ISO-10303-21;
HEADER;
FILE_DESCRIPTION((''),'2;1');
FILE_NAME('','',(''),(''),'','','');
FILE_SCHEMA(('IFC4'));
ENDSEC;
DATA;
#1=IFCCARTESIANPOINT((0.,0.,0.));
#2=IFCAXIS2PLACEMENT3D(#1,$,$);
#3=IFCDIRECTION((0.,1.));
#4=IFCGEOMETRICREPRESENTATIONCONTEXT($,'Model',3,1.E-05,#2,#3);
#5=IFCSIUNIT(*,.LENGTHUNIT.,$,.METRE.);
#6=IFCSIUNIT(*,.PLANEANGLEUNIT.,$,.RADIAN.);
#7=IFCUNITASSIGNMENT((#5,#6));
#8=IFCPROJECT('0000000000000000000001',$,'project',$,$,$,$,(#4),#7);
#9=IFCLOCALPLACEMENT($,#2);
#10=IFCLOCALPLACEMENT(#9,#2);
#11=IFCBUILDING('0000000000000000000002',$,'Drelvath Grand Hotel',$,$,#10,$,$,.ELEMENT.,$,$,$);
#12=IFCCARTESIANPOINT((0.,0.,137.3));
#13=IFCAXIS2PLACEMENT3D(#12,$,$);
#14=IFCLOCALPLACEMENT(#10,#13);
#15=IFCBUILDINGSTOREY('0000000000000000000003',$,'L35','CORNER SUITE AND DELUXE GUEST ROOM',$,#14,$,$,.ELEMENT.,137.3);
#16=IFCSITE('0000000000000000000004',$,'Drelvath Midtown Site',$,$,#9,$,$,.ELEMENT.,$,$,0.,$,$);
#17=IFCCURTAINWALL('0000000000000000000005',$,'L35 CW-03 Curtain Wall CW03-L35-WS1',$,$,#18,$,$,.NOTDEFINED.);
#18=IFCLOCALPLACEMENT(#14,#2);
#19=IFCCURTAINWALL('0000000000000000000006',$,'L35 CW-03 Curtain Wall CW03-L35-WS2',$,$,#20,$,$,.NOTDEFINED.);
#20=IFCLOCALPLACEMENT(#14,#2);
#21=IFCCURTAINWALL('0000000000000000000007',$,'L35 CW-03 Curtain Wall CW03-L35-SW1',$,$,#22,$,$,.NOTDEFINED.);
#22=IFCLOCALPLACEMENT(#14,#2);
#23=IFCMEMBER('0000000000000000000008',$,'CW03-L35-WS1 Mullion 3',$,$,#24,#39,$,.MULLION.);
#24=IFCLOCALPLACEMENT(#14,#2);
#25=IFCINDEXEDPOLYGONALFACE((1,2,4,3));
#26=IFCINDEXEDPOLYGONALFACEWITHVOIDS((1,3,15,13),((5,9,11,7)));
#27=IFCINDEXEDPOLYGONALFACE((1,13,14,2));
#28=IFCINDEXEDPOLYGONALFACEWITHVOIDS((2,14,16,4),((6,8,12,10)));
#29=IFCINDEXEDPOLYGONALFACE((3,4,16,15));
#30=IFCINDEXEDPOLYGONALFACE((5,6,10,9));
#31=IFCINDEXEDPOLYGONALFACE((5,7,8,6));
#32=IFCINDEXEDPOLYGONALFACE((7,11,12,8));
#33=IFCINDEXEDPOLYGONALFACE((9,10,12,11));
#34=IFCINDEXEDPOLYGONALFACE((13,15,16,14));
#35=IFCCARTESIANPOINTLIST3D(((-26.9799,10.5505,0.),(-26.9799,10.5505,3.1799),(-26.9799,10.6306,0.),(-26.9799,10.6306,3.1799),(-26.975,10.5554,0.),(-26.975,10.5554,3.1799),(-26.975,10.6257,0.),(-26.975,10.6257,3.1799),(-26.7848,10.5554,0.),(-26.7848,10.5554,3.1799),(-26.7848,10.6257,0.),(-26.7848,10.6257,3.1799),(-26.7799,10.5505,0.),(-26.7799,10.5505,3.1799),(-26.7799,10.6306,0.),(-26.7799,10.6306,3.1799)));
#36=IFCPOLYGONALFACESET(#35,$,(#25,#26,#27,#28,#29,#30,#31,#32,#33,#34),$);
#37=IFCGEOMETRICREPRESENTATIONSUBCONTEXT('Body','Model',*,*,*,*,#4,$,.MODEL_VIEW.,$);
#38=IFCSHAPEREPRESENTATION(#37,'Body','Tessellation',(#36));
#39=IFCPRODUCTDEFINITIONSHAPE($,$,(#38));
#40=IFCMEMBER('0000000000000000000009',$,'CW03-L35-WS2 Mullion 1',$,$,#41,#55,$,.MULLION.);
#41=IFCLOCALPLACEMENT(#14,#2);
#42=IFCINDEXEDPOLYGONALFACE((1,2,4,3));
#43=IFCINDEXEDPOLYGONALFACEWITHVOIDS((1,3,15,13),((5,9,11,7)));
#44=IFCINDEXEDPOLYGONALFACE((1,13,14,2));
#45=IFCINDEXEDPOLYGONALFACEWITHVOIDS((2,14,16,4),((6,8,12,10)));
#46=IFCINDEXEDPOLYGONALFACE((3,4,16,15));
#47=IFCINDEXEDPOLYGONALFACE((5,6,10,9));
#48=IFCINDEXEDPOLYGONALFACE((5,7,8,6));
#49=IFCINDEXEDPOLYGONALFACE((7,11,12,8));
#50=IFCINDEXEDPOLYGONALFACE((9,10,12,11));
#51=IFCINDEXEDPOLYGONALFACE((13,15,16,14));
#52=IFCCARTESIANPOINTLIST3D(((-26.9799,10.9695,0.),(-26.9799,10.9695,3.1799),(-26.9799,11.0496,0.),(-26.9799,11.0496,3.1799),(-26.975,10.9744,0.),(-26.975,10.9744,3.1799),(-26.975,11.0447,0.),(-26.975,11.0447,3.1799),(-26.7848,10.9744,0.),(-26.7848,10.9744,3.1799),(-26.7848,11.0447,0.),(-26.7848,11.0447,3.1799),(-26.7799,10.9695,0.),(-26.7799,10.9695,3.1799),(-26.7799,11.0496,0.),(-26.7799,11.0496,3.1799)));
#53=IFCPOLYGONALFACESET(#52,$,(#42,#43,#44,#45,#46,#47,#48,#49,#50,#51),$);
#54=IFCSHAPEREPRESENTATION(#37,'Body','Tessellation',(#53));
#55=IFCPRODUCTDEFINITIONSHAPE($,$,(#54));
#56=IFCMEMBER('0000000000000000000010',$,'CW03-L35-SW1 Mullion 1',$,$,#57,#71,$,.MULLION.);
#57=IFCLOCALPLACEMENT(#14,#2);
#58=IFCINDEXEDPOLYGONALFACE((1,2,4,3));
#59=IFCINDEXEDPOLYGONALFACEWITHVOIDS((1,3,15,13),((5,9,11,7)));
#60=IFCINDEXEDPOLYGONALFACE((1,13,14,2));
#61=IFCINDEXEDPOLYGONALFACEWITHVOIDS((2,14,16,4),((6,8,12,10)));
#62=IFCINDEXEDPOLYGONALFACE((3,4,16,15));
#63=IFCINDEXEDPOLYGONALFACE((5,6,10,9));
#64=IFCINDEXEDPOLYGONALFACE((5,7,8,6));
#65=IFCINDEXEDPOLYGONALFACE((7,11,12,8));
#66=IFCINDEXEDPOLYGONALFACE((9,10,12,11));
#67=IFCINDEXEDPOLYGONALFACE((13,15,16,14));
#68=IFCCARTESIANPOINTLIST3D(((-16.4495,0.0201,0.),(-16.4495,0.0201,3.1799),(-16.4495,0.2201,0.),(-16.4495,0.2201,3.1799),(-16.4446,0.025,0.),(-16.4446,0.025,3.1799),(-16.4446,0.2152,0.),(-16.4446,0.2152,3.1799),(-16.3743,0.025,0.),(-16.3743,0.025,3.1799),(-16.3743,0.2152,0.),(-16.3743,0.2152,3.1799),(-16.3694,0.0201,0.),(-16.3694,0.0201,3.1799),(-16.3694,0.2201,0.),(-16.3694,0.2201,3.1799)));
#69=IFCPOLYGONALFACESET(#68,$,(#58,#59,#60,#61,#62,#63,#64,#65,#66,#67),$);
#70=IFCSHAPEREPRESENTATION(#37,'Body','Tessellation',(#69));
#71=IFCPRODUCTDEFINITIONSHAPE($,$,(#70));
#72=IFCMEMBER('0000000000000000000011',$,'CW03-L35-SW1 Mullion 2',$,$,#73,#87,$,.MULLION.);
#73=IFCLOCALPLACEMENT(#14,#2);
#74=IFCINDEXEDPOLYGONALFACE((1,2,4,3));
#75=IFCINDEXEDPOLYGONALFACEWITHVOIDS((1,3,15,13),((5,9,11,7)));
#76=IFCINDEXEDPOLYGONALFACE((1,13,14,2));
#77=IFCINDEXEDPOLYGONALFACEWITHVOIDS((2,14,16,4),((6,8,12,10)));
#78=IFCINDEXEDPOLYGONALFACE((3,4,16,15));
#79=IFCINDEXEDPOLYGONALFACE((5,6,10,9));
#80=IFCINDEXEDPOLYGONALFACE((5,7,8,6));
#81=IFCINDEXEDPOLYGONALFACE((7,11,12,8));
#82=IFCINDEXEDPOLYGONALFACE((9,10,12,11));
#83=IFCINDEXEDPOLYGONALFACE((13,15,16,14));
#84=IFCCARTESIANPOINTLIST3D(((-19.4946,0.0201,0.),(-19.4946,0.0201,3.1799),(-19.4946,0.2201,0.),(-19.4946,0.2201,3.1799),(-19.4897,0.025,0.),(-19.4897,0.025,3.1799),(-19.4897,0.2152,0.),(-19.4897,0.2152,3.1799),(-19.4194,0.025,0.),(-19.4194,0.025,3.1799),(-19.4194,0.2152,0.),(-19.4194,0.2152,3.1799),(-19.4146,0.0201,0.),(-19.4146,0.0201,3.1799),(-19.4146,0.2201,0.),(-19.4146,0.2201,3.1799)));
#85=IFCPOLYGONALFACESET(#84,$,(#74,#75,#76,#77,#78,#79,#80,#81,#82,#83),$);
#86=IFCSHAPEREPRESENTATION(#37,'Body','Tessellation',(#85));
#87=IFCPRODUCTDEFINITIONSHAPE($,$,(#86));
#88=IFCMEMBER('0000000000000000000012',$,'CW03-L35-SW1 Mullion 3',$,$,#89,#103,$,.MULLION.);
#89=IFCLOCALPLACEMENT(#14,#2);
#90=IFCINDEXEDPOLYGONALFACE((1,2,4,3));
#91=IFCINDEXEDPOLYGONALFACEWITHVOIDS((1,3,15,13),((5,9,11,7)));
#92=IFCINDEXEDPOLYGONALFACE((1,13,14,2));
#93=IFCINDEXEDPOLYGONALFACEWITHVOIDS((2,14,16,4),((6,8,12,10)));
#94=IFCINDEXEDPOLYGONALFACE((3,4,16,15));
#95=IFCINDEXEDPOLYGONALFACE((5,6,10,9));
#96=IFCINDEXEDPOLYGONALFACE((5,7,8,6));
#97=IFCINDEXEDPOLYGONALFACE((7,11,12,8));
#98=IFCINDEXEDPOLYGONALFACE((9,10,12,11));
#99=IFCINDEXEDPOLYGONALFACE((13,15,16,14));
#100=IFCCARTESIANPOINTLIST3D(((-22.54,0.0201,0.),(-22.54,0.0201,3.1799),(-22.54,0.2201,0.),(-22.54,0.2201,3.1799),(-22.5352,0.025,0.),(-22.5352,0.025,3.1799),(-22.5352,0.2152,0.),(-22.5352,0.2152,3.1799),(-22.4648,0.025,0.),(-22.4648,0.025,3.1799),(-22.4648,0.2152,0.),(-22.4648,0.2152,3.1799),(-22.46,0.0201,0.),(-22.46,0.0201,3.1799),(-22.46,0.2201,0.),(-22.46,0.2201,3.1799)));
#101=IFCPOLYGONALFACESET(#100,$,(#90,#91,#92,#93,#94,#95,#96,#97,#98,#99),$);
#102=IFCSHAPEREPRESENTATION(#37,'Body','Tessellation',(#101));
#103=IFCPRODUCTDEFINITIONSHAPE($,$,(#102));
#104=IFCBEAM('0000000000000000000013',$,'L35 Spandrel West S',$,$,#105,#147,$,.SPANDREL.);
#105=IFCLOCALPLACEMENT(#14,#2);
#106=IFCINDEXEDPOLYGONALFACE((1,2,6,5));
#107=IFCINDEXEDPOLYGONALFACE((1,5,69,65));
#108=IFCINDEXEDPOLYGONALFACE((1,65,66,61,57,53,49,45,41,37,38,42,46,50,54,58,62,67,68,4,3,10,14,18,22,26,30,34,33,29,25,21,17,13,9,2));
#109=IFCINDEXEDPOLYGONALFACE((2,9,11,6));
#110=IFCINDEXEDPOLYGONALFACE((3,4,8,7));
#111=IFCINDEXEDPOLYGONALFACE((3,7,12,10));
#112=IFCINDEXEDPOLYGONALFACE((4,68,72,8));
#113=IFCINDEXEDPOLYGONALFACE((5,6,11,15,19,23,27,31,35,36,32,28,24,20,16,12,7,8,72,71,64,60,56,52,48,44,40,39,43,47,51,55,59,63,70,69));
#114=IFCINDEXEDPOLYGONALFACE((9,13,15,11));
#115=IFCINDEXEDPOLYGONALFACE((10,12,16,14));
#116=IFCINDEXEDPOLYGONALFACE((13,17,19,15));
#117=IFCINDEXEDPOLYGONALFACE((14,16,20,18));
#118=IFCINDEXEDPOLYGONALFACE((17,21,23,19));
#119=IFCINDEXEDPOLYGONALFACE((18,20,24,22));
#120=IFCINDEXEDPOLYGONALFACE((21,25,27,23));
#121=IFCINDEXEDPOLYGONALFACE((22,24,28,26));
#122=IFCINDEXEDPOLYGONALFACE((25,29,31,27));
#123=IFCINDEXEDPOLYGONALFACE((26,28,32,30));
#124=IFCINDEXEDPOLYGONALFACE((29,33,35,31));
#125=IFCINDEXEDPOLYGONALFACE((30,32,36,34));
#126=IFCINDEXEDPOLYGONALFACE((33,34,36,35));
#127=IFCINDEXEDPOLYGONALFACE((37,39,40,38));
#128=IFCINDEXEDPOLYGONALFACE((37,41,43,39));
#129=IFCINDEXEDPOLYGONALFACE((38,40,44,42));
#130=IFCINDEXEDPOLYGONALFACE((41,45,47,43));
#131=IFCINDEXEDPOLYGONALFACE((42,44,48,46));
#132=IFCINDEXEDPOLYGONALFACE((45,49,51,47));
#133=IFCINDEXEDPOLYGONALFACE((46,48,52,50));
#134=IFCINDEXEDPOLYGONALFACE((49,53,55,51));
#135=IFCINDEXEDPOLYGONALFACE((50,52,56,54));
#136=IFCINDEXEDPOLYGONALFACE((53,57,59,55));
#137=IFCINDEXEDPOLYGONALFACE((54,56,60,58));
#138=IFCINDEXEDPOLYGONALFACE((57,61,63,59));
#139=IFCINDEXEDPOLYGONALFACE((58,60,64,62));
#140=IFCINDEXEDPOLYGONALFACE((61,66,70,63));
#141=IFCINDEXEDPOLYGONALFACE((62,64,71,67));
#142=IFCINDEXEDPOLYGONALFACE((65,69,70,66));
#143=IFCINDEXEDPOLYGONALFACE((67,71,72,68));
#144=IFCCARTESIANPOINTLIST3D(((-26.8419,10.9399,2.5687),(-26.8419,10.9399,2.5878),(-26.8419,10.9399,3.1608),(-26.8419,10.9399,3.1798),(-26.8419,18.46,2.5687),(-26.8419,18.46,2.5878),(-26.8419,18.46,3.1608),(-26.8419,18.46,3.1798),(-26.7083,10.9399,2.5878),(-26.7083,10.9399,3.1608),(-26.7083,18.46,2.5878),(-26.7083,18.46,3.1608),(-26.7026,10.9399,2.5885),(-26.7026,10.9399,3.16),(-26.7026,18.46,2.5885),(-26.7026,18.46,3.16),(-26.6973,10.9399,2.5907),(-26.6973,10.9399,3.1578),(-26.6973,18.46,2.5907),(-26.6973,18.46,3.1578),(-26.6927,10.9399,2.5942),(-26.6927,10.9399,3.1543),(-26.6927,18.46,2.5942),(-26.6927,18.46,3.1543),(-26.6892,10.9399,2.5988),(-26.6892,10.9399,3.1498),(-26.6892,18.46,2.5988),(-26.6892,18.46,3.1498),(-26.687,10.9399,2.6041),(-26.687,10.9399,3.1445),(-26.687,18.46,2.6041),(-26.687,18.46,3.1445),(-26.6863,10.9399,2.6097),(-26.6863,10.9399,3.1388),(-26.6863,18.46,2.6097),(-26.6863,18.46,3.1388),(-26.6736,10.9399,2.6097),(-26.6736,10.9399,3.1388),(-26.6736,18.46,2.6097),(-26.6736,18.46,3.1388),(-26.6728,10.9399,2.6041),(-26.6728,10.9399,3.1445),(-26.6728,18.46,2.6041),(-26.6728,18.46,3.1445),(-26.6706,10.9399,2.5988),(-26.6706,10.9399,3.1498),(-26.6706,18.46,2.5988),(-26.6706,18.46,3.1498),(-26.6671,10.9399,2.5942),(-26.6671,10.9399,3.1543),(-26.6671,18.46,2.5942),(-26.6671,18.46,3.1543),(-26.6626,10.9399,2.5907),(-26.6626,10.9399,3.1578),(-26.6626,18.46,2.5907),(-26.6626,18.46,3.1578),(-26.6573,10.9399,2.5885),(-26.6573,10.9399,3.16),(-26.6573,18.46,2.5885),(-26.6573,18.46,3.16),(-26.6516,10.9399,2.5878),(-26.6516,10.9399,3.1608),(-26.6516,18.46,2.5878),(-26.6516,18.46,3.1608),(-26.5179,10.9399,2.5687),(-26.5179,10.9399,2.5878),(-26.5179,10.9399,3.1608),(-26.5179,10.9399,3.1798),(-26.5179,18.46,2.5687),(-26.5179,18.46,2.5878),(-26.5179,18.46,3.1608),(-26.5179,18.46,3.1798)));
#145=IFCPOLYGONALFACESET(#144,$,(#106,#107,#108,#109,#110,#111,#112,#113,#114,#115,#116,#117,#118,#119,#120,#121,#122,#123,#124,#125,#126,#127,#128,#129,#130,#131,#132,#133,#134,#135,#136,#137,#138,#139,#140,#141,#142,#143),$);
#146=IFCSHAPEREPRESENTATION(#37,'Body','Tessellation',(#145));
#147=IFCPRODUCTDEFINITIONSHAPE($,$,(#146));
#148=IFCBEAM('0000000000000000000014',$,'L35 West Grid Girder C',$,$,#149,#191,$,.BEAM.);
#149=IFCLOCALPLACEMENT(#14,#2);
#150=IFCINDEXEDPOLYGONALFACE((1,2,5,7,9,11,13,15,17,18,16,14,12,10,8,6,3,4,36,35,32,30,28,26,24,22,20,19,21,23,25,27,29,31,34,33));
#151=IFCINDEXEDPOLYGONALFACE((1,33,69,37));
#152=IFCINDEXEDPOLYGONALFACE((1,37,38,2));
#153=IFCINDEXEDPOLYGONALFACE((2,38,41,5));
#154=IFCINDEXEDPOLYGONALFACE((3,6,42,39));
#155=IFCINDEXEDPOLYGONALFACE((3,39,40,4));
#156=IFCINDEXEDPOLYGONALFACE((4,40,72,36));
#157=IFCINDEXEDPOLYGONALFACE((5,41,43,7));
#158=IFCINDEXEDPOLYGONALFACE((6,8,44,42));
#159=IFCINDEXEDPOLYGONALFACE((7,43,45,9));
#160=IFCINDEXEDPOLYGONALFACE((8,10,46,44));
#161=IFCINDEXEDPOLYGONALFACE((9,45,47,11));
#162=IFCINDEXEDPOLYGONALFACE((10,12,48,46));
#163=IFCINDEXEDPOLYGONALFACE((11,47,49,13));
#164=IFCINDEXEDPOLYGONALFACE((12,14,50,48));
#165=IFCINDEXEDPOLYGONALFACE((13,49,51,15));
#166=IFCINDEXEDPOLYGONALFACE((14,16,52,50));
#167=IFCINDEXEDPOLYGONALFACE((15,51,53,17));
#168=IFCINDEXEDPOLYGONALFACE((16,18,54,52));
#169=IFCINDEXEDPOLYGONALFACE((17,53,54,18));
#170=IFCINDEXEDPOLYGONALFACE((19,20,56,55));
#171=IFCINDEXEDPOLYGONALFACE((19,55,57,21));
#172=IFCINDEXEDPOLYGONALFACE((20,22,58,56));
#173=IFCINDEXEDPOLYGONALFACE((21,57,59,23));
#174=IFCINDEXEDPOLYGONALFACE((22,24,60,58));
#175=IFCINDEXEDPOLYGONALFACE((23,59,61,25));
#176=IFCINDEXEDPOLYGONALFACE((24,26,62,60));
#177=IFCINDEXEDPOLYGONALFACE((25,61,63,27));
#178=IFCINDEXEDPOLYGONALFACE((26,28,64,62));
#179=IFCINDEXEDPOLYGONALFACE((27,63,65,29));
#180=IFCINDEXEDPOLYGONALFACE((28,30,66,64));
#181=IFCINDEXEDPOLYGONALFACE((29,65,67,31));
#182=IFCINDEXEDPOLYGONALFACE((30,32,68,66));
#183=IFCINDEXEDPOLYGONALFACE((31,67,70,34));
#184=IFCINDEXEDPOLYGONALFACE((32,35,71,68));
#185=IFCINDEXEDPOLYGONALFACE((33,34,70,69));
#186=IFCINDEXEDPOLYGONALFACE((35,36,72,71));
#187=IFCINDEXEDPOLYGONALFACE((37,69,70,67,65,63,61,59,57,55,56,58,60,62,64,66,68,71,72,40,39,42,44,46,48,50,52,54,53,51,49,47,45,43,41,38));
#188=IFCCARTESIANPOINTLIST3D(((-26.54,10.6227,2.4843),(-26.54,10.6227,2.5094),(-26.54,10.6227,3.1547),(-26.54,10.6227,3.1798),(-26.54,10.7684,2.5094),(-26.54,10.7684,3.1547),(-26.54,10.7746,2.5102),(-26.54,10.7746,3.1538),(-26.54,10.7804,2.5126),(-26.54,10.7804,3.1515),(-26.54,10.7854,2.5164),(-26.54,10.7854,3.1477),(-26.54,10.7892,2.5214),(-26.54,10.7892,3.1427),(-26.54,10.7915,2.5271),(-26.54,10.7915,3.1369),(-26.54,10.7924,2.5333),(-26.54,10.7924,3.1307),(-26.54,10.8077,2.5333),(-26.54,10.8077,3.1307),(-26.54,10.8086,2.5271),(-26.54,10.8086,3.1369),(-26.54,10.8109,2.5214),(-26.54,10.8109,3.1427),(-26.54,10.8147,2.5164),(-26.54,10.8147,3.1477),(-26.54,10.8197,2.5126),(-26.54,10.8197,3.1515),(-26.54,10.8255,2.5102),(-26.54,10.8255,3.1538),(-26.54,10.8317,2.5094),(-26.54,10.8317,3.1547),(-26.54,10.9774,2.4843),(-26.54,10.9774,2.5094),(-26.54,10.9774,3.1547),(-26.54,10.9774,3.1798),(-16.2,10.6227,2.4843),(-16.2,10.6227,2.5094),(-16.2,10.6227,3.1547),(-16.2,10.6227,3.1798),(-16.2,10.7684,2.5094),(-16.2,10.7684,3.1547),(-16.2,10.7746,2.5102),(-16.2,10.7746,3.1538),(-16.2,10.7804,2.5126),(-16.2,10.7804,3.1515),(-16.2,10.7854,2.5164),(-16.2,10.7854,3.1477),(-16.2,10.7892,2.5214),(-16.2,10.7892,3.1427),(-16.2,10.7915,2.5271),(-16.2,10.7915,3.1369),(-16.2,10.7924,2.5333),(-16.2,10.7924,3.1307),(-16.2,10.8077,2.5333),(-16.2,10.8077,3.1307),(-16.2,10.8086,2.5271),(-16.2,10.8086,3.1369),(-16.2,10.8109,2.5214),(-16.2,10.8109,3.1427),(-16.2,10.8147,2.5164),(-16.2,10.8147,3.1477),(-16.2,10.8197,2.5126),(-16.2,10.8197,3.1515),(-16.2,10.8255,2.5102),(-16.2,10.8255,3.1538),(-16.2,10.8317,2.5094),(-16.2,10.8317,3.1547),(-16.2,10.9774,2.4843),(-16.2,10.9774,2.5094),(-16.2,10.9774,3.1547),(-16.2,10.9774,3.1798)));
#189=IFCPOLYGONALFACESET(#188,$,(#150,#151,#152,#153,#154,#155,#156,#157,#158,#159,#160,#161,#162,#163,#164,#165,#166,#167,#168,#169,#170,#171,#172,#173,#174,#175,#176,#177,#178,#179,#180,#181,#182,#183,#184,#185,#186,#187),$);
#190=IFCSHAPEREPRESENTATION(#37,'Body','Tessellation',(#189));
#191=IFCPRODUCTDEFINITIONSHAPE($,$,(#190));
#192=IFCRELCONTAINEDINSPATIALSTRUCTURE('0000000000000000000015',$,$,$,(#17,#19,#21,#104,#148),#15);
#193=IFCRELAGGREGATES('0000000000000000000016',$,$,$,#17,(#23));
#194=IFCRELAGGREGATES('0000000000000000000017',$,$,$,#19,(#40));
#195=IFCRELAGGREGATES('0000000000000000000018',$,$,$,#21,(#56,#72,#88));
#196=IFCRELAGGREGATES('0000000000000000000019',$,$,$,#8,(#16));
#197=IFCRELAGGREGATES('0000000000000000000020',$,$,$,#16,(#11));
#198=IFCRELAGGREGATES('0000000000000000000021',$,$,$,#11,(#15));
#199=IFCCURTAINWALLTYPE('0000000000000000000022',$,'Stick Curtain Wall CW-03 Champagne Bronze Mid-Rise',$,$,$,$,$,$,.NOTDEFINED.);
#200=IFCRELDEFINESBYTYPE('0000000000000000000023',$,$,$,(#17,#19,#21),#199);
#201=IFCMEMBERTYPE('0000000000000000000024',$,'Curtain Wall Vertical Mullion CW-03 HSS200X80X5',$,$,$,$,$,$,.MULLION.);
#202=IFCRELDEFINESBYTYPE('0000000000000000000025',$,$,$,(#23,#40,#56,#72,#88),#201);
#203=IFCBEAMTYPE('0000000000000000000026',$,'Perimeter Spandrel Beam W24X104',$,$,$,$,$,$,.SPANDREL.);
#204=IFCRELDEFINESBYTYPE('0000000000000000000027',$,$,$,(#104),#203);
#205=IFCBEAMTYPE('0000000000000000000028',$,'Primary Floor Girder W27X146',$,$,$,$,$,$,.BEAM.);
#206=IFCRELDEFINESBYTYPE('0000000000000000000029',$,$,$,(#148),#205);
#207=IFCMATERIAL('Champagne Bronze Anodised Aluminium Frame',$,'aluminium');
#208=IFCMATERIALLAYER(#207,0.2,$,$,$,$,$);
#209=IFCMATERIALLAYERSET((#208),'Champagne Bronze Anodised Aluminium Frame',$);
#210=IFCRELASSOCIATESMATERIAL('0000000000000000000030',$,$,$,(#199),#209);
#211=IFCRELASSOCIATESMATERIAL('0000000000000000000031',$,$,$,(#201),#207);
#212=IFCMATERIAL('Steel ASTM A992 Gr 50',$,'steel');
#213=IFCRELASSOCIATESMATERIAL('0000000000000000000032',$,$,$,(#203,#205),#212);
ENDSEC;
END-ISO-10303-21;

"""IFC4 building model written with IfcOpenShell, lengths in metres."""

from ifc_helpers import new_model, si_unit, direction, frame, origin, origin_2d, place, context, subcontext, project, spatial, hollow_rectangle, i_section, extrude, material, layer, layer_set, material_profile, profile_set, type_object, element, aggregate, save


model = new_model("IFC4")

# Units and contexts
model_context = context("Model", 3, precision=1e-05, world=origin(), true_north=direction((0.0, 1.0)))
body_context = subcontext(model_context, "Body", "Model", "MODEL_VIEW")
ifc_project = project(units=[si_unit("LENGTHUNIT", "METRE"), si_unit("PLANEANGLEUNIT", "RADIAN")], contexts=[model_context])

# Site, building, storey
site_placement = place(None, origin())
site = spatial("IfcSite", under=ifc_project, at=site_placement, Name="Drelvath Midtown Site", CompositionType="ELEMENT", RefElevation=0.0)
building_placement = place(site_placement, origin())
building = spatial("IfcBuilding", under=site, at=building_placement, Name="Drelvath Grand Hotel", CompositionType="ELEMENT")
storey_placement = place(building_placement, frame((0.0, 0.0, 137.3)))
storey = spatial("IfcBuildingStorey", under=building, at=storey_placement, Name="L35", Description="CORNER SUITE AND DELUXE GUEST ROOM", CompositionType="ELEMENT", Elevation=137.3)

# Curtain walls
ifc_material_1 = material(Name="Champagne Bronze Anodised Aluminium Frame", Category="aluminium")
ifc_layer_1 = layer(ifc_material_1, 0.2)
ifc_layer_set_1 = layer_set([ifc_layer_1], Name="Champagne Bronze Anodised Aluminium Frame")
curtain_wall_type = type_object("IfcCurtainWallType", Name="Stick Curtain Wall CW-03 Champagne Bronze Mid-Rise", PredefinedType="NOTDEFINED", material=ifc_layer_set_1)
curtain_wall_1_placement = place(storey_placement, origin())
curtain_wall_1 = element("IfcCurtainWall", 1, at=curtain_wall_1_placement, inside=storey, type_object=curtain_wall_type, Name="L35 CW-03 Curtain Wall CW03-L35-WS1", PredefinedType="NOTDEFINED")
curtain_wall_2_placement = place(storey_placement, origin())
curtain_wall_2 = element("IfcCurtainWall", 2, at=curtain_wall_2_placement, inside=storey, type_object=curtain_wall_type, Name="L35 CW-03 Curtain Wall CW03-L35-WS2", PredefinedType="NOTDEFINED")
curtain_wall_3_placement = place(storey_placement, origin())
curtain_wall_3 = element("IfcCurtainWall", 3, at=curtain_wall_3_placement, inside=storey, type_object=curtain_wall_type, Name="L35 CW-03 Curtain Wall CW03-L35-SW1", PredefinedType="NOTDEFINED")

# Members
ifc_material_profile_1 = material_profile(ifc_material_1, hollow_rectangle(XDim=0.0801, YDim=0.2, WallThickness=0.0049, at=origin_2d()), Name="HSS200X80X5")
ifc_profile_set_1 = profile_set([ifc_material_profile_1], Name="Champagne Bronze Anodised Aluminium Frame")
member_type_1 = type_object("IfcMemberType", Name="Curtain Wall Vertical Mullion CW-03 HSS200X80X5", PredefinedType="MULLION", material=ifc_profile_set_1)
member_1_placement = place(storey_placement, frame((-26.8799, 10.5906, 0.0), z_axis=(0.0, 0.0, 1.0), x_axis=(0.0, 1.0, 0.0)))
member_1 = element("IfcMember", 4, at=member_1_placement, type_object=member_type_1, Name="CW03-L35-WS1 Mullion 3", PredefinedType="MULLION", context=body_context, shape_type="SweptSolid", body=[
    extrude(hollow_rectangle(XDim=0.0801, YDim=0.2, WallThickness=0.0049, at=origin_2d()), origin(), (0.0, 0.0, 1.0), 3.1799),
])
member_2_placement = place(storey_placement, frame((-26.8799, 11.0095, 0.0), z_axis=(0.0, 0.0, 1.0), x_axis=(0.0, 1.0, 0.0)))
member_2 = element("IfcMember", 5, at=member_2_placement, type_object=member_type_1, Name="CW03-L35-WS2 Mullion 1", PredefinedType="MULLION", context=body_context, shape_type="SweptSolid", body=[
    extrude(hollow_rectangle(XDim=0.0801, YDim=0.2, WallThickness=0.0049, at=origin_2d()), origin(), (0.0, 0.0, 1.0), 3.1799),
])
member_3_placement = place(storey_placement, frame((-16.4094, 0.1201, 0.0), z_axis=(0.0, 0.0, 1.0), x_axis=(1.0, 0.0, 0.0)))
member_3 = element("IfcMember", 6, at=member_3_placement, type_object=member_type_1, Name="CW03-L35-SW1 Mullion 1", PredefinedType="MULLION", context=body_context, shape_type="SweptSolid", body=[
    extrude(hollow_rectangle(XDim=0.0801, YDim=0.2, WallThickness=0.0049, at=origin_2d()), origin(), (0.0, 0.0, 1.0), 3.1799),
])
member_4_placement = place(storey_placement, frame((-19.4546, 0.1201, 0.0), z_axis=(0.0, 0.0, 1.0), x_axis=(1.0, 0.0, 0.0)))
member_4 = element("IfcMember", 7, at=member_4_placement, type_object=member_type_1, Name="CW03-L35-SW1 Mullion 2", PredefinedType="MULLION", context=body_context, shape_type="SweptSolid", body=[
    extrude(hollow_rectangle(XDim=0.0801, YDim=0.2, WallThickness=0.0049, at=origin_2d()), origin(), (0.0, 0.0, 1.0), 3.1799),
])
member_5_placement = place(storey_placement, frame((-22.5, 0.1201, 0.0), z_axis=(0.0, 0.0, 1.0), x_axis=(1.0, 0.0, 0.0)))
member_5 = element("IfcMember", 8, at=member_5_placement, type_object=member_type_1, Name="CW03-L35-SW1 Mullion 3", PredefinedType="MULLION", context=body_context, shape_type="SweptSolid", body=[
    extrude(hollow_rectangle(XDim=0.0801, YDim=0.2, WallThickness=0.0049, at=origin_2d()), origin(), (0.0, 0.0, 1.0), 3.1799),
])

# Beams
ifc_material_2 = material(Name="Steel ASTM A992 Gr 50", Category="steel")
ifc_material_profile_2 = material_profile(ifc_material_2, i_section(OverallWidth=0.324, OverallDepth=0.6111, WebThickness=0.0127, FlangeThickness=0.019, FilletRadius=0.022, at=origin_2d()), Name="W24X104")
ifc_profile_set_2 = profile_set([ifc_material_profile_2], Name="Steel ASTM A992 Gr 50")
beam_type_1 = type_object("IfcBeamType", Name="Perimeter Spandrel Beam W24X104", PredefinedType="SPANDREL", material=ifc_profile_set_2)
beam_placement = place(storey_placement, frame((-26.6799, 10.9399, 2.8743), z_axis=(0.0, 1.0, 0.0), x_axis=(-1.0, 0.0, 0.0)))
element("IfcBeam", 9, at=beam_placement, inside=storey, type_object=beam_type_1, Name="L35 Spandrel West S", PredefinedType="SPANDREL", context=body_context, shape_type="SweptSolid", body=[
    extrude(i_section(OverallWidth=0.324, OverallDepth=0.6111, WebThickness=0.0127, FlangeThickness=0.019, FilletRadius=0.022, at=origin_2d()), origin(), (0.0, 0.0, 1.0), 7.52),
])
ifc_material_profile_3 = material_profile(ifc_material_2, i_section(OverallWidth=0.3547, OverallDepth=0.6956, WebThickness=0.0154, FlangeThickness=0.0251, FilletRadius=0.0239, at=origin_2d()), Name="W27X146")
ifc_profile_set_3 = profile_set([ifc_material_profile_3], Name="Steel ASTM A992 Gr 50")
beam_type_2 = type_object("IfcBeamType", Name="Primary Floor Girder W27X146", PredefinedType="BEAM", material=ifc_profile_set_3)
for number, where, z_axis, x_axis, name in (
    (10, (-26.54, 10.8, 2.832), (1.0, 0.0, 0.0), (0.0, 1.0, 0.0), "L35 West Grid Girder C"),
):
    element("IfcBeam", number, at=place(storey_placement, frame(where, z_axis=z_axis, x_axis=x_axis)), inside=storey, type_object=beam_type_2, Name=name, PredefinedType="BEAM", context=body_context, shape_type="SweptSolid", body=[
        extrude(i_section(OverallWidth=0.3547, OverallDepth=0.6956, WebThickness=0.0154, FlangeThickness=0.0251, FilletRadius=0.0239, at=origin_2d()), origin(), (0.0, 0.0, 1.0), 10.3401),
    ])

aggregate(curtain_wall_1, [member_1])
aggregate(curtain_wall_2, [member_2])
aggregate(curtain_wall_3, [member_3, member_4, member_5])

save(model, "model.ifc")
